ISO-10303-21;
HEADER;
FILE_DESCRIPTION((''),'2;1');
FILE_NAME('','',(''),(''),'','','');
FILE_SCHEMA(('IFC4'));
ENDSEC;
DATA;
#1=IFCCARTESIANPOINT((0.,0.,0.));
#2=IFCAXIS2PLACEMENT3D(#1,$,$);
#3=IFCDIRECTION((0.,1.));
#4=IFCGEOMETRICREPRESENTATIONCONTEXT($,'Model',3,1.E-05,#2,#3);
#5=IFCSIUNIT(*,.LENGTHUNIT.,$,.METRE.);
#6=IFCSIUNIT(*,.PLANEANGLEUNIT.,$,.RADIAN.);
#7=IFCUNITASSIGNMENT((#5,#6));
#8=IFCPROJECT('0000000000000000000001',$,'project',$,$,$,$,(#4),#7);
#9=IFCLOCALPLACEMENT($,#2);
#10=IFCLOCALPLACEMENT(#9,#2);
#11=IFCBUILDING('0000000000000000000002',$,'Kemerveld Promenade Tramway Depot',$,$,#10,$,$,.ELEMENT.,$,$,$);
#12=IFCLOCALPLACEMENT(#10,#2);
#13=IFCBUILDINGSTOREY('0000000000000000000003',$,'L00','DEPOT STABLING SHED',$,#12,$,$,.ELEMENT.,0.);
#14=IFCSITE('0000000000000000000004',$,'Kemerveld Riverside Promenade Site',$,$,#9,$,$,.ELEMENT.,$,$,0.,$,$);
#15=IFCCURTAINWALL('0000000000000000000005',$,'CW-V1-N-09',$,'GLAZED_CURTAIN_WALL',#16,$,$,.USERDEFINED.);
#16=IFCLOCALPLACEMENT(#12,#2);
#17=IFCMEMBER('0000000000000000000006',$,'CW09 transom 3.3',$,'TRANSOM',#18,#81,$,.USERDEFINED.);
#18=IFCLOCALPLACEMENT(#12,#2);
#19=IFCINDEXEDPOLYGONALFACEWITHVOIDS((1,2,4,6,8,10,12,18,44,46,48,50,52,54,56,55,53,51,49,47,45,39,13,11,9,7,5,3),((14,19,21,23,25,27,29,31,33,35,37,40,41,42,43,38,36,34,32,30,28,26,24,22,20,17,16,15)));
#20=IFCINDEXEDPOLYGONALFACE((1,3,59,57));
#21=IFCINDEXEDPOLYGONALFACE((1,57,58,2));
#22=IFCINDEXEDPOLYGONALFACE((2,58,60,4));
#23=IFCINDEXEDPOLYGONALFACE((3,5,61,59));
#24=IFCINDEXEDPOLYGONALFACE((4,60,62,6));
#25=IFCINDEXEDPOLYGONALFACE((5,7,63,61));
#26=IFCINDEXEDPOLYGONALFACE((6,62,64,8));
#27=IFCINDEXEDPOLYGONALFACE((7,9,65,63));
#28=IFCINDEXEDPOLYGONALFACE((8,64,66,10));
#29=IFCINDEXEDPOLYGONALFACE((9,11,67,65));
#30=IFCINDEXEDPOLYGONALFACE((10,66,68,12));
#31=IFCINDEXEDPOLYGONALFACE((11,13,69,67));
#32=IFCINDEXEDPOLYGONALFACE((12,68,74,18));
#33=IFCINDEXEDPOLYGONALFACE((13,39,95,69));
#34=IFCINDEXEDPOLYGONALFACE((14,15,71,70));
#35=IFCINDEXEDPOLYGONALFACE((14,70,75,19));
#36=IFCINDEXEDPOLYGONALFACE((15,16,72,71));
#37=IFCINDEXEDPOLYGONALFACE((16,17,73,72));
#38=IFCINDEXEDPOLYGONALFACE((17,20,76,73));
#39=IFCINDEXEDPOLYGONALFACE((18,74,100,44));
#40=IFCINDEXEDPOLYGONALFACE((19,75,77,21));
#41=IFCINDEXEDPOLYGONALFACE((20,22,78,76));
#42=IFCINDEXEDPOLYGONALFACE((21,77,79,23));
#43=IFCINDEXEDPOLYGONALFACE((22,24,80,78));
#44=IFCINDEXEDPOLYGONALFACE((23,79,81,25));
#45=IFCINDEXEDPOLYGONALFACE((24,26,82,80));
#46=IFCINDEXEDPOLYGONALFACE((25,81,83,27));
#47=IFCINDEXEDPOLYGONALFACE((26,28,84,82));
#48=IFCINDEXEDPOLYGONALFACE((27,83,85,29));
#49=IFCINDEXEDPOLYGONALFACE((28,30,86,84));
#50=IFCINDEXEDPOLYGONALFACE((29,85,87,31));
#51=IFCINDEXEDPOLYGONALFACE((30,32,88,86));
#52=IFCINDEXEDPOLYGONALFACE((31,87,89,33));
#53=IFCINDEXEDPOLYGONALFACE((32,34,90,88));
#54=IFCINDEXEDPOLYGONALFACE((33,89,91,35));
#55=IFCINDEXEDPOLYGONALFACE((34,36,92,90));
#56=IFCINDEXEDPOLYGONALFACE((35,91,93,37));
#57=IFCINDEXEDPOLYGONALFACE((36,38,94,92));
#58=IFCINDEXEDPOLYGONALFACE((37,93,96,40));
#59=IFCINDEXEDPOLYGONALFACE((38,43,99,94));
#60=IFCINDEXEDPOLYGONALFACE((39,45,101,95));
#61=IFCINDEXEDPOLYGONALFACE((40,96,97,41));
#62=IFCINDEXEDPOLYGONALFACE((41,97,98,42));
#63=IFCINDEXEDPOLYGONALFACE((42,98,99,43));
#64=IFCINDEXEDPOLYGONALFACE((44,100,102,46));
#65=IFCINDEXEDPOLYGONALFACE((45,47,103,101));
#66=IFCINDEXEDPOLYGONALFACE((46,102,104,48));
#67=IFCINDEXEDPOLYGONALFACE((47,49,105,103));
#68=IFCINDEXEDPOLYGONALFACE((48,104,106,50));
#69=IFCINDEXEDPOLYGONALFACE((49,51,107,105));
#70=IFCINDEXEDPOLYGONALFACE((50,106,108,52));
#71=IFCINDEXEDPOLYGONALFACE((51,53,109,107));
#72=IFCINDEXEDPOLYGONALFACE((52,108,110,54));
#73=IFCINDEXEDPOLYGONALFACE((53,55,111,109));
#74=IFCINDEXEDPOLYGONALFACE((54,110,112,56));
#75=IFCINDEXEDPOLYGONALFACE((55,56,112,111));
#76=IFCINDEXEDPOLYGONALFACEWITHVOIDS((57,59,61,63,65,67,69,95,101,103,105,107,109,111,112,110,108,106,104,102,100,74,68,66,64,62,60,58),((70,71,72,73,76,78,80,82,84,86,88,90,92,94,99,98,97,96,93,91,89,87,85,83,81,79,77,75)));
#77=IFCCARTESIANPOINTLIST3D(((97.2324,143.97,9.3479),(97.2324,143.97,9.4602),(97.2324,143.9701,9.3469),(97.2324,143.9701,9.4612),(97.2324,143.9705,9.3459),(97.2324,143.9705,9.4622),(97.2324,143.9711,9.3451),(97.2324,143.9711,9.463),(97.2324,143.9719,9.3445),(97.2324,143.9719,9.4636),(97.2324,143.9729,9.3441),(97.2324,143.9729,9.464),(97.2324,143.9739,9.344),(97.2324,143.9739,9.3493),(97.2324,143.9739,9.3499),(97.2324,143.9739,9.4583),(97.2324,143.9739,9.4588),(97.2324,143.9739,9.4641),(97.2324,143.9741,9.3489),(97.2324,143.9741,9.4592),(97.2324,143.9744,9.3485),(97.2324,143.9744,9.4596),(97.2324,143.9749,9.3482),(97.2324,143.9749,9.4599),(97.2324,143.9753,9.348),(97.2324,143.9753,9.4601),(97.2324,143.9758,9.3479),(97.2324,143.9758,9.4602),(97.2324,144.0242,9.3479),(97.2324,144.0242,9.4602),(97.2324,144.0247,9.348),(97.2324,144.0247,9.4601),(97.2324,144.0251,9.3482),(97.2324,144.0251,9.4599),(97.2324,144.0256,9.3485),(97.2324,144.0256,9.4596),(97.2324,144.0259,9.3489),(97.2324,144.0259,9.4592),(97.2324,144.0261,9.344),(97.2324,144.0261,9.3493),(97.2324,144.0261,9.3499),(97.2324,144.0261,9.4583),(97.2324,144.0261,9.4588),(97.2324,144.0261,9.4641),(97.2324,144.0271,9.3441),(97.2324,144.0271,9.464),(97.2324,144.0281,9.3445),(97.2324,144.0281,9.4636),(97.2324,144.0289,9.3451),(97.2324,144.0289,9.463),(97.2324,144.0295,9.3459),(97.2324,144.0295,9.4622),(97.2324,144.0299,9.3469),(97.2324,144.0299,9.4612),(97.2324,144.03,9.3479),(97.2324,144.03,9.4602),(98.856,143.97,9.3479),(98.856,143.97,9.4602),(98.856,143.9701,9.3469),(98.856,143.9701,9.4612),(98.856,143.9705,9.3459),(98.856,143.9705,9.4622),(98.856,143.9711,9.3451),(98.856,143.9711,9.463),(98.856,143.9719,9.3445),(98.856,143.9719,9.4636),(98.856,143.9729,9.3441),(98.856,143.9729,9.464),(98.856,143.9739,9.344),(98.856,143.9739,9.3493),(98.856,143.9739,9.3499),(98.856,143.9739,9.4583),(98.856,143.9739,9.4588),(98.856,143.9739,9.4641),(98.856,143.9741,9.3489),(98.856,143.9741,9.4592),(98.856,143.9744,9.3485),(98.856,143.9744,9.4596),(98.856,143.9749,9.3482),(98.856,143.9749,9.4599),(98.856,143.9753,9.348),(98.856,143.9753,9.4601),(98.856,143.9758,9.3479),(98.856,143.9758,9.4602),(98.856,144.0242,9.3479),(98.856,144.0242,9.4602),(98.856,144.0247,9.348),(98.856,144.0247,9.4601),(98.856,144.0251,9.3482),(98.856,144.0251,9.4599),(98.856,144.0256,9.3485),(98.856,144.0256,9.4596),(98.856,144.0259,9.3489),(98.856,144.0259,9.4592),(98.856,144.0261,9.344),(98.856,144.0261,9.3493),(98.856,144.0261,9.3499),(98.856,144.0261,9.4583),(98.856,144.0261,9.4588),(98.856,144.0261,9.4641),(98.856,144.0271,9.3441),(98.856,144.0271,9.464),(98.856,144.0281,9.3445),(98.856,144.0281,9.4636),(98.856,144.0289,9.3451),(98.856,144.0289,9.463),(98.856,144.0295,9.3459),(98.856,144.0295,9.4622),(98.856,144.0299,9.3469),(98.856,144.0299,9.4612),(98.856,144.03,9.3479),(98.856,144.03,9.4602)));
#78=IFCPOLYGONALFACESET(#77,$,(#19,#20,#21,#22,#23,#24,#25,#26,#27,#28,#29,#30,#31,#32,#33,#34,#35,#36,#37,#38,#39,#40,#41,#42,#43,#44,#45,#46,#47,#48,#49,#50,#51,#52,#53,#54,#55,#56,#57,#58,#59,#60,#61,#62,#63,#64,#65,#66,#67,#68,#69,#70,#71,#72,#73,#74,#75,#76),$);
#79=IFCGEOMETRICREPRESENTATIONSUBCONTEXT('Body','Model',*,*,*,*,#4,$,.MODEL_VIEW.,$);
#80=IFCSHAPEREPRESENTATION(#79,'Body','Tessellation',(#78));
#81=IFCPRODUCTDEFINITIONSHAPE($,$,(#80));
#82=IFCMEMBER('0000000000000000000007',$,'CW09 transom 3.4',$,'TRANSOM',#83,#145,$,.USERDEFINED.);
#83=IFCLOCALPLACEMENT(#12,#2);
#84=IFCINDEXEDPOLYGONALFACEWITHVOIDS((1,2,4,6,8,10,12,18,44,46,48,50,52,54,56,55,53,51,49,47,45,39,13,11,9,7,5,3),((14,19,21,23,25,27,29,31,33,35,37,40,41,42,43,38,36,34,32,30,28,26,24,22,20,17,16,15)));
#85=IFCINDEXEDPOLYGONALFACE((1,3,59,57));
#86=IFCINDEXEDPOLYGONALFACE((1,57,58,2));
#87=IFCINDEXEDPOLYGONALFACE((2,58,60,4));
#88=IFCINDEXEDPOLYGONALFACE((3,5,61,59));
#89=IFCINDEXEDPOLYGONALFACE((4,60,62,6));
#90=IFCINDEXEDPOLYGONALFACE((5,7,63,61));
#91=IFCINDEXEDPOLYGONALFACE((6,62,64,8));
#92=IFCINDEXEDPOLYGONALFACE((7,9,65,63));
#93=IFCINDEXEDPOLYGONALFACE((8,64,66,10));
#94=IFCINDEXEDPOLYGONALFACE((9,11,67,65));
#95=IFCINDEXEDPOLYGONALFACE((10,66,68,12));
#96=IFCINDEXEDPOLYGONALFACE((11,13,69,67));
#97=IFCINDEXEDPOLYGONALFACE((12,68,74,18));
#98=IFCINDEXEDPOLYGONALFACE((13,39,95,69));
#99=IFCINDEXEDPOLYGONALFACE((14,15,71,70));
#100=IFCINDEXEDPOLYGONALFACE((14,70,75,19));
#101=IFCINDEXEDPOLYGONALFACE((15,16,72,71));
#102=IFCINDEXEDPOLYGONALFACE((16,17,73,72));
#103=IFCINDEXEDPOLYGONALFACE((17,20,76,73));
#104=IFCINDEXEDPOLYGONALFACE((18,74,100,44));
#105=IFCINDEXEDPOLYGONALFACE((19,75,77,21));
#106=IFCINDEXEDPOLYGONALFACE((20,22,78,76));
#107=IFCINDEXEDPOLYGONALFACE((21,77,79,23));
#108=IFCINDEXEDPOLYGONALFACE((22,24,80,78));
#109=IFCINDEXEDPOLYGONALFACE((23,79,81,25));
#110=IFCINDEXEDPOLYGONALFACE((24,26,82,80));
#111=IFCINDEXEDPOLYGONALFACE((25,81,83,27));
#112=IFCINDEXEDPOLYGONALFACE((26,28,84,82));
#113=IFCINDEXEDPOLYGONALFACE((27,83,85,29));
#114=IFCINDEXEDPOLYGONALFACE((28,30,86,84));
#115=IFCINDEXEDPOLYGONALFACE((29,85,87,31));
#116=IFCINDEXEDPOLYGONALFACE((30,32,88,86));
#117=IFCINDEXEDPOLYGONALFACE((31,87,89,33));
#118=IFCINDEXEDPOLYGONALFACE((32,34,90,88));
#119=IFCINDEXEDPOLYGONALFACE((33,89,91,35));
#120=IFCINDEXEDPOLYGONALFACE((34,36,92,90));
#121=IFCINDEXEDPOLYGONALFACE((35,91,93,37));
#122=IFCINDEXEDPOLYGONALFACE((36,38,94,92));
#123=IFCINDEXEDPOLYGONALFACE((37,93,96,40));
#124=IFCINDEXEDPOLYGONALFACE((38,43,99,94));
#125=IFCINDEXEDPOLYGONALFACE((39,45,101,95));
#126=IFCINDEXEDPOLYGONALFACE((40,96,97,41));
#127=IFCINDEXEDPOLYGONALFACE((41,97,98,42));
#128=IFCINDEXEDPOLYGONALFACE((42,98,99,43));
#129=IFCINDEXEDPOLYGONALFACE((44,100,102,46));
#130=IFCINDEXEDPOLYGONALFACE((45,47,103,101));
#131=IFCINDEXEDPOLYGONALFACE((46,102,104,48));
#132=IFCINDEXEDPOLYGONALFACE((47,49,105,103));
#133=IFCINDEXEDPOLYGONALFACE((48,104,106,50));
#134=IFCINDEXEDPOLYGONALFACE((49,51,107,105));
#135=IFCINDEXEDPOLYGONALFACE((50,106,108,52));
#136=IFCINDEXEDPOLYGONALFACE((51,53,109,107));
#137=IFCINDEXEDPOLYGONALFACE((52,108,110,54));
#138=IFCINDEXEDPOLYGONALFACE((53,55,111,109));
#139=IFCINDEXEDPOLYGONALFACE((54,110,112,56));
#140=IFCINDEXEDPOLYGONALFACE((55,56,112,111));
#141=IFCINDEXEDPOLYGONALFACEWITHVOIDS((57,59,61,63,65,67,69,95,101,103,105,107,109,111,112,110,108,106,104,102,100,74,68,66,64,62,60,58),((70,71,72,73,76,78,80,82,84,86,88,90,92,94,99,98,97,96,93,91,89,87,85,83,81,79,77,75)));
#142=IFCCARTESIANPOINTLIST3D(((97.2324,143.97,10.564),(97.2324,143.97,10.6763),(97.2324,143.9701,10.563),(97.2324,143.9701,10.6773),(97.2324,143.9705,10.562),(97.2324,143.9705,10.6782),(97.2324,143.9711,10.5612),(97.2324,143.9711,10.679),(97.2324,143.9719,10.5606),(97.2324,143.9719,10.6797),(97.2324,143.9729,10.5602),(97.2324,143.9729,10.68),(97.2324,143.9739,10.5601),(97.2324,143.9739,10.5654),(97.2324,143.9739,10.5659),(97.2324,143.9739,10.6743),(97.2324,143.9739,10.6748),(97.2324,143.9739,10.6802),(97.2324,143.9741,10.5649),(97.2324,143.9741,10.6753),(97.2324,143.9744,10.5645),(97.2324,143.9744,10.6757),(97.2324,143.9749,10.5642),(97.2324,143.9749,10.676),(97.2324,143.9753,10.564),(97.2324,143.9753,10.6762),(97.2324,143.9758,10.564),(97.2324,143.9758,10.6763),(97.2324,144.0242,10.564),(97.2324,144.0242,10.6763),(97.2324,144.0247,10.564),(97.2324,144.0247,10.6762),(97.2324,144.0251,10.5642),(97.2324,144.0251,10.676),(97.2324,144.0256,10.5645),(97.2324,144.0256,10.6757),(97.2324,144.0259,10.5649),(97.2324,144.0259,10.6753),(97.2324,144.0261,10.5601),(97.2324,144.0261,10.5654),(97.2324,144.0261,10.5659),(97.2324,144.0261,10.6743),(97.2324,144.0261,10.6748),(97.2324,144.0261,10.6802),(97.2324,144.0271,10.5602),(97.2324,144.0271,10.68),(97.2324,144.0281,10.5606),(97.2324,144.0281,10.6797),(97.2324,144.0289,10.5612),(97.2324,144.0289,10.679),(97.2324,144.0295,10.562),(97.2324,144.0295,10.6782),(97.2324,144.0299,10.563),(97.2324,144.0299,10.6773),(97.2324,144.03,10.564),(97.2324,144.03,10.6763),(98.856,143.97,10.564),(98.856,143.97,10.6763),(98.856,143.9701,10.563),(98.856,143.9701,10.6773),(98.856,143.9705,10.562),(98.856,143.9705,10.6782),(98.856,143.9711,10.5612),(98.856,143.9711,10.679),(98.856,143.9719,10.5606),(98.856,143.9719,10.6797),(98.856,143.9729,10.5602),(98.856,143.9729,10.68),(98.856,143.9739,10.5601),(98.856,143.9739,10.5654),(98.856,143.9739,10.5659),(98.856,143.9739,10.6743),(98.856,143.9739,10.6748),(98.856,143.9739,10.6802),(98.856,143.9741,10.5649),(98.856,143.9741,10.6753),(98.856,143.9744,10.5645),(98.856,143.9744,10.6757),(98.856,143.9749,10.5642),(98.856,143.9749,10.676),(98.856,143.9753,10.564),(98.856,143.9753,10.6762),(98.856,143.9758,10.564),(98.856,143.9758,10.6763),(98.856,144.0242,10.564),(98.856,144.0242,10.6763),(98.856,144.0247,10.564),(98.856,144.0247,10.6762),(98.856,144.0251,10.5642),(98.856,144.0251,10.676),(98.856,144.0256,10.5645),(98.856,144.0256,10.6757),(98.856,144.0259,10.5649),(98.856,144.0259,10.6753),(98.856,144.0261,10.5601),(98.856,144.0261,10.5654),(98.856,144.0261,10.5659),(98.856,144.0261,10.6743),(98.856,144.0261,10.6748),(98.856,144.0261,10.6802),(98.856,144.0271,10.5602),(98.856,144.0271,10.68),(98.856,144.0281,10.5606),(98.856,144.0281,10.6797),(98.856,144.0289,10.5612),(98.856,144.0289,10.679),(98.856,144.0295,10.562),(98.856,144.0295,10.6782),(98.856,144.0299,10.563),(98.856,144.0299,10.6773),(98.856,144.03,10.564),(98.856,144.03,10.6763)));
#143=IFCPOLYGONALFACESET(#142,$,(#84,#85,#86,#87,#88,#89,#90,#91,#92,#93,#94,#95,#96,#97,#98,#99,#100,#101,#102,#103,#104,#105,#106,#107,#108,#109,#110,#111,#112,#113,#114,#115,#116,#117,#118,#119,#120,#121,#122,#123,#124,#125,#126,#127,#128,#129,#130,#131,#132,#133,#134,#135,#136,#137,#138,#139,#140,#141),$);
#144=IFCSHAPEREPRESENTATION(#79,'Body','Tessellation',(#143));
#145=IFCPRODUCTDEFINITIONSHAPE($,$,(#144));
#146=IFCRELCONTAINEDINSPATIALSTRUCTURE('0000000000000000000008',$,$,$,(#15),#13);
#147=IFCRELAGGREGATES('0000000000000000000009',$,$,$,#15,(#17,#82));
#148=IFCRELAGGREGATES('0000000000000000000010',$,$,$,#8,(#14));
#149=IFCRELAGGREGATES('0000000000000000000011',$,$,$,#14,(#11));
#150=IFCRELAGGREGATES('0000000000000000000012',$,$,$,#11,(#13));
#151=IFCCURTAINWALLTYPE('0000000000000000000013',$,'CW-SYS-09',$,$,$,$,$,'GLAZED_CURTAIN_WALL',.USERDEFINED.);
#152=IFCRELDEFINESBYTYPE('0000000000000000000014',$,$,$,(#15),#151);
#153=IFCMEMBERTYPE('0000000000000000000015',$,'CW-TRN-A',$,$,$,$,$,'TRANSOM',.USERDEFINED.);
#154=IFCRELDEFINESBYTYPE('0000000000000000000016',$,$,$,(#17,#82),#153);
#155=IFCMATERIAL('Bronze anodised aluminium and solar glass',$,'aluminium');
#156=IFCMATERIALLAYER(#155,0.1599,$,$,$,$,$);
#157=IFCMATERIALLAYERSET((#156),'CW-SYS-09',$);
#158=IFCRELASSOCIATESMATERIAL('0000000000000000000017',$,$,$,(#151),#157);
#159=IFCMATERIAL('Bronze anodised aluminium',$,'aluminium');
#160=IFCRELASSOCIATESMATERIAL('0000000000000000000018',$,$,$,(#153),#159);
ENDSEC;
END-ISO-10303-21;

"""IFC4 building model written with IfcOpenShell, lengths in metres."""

from ifc_helpers import new_model, si_unit, direction, frame, origin, origin_2d, place, context, subcontext, project, spatial, hollow_rectangle, extrude, material, layer, layer_set, material_profile, profile_set, type_object, element, aggregate, save


model = new_model("IFC4")

# Units and contexts
model_context = context("Model", 3, precision=1e-05, world=origin(), true_north=direction((0.0, 1.0)))
body_context = subcontext(model_context, "Body", "Model", "MODEL_VIEW")
ifc_project = project(units=[si_unit("LENGTHUNIT", "METRE"), si_unit("PLANEANGLEUNIT", "RADIAN")], contexts=[model_context])

# Site, building, storey
site_placement = place(None, origin())
site = spatial("IfcSite", under=ifc_project, at=site_placement, Name="Kemerveld Riverside Promenade Site", CompositionType="ELEMENT", RefElevation=0.0)
building_placement = place(site_placement, origin())
building = spatial("IfcBuilding", under=site, at=building_placement, Name="Kemerveld Promenade Tramway Depot", CompositionType="ELEMENT")
storey_placement = place(building_placement, origin())
storey = spatial("IfcBuildingStorey", under=building, at=storey_placement, Name="L00", Description="DEPOT STABLING SHED", CompositionType="ELEMENT", Elevation=0.0)

# Curtain wall, members
ifc_material_1 = material(Name="Bronze anodised aluminium and solar glass", Category="aluminium")
ifc_layer_1 = layer(ifc_material_1, 0.1599)
ifc_layer_set_1 = layer_set([ifc_layer_1], Name="CW-SYS-09")
curtain_wall_type_1 = type_object("IfcCurtainWallType", Name="CW-SYS-09", ElementType="GLAZED_CURTAIN_WALL", PredefinedType="USERDEFINED", material=ifc_layer_set_1)
curtain_wall_1_placement = place(storey_placement, origin())
curtain_wall_1 = element("IfcCurtainWall", 1, at=curtain_wall_1_placement, inside=storey, type_object=curtain_wall_type_1, Name="CW-V1-N-09", ObjectType="GLAZED_CURTAIN_WALL", PredefinedType="USERDEFINED")
ifc_material_2 = material(Name="Bronze anodised aluminium", Category="aluminium")
ifc_material_profile_1 = material_profile(ifc_material_2, hollow_rectangle(XDim=0.0601, YDim=0.1201, WallThickness=0.0039, InnerFilletRadius=0.002, OuterFilletRadius=0.0039, at=origin_2d()), Name="CW-TRN-120x60")
ifc_profile_set_1 = profile_set([ifc_material_profile_1], Name="Bronze anodised aluminium")
member_type_1 = type_object("IfcMemberType", Name="CW-TRN-A", ElementType="TRANSOM", PredefinedType="USERDEFINED", material=ifc_profile_set_1)
member_1_placement = place(storey_placement, frame((97.2324, 144.0, 9.4041), z_axis=(1.0, 0.0, 0.0), x_axis=(0.0, 1.0, 0.0)))
member_1 = element("IfcMember", 2, at=member_1_placement, type_object=member_type_1, Name="CW09 transom 3.3", ObjectType="TRANSOM", PredefinedType="USERDEFINED", context=body_context, shape_type="SweptSolid", body=[
    extrude(hollow_rectangle(XDim=0.0601, YDim=0.1201, WallThickness=0.0039, InnerFilletRadius=0.002, OuterFilletRadius=0.0039, at=origin_2d()), origin(), (0.0, 0.0, 1.0), 1.6235),
])
member_2_placement = place(storey_placement, frame((97.2324, 144.0, 10.6201), z_axis=(1.0, 0.0, 0.0), x_axis=(0.0, 1.0, 0.0)))
member_2 = element("IfcMember", 3, at=member_2_placement, type_object=member_type_1, Name="CW09 transom 3.4", ObjectType="TRANSOM", PredefinedType="USERDEFINED", context=body_context, shape_type="SweptSolid", body=[
    extrude(hollow_rectangle(XDim=0.0601, YDim=0.1201, WallThickness=0.0039, InnerFilletRadius=0.002, OuterFilletRadius=0.0039, at=origin_2d()), origin(), (0.0, 0.0, 1.0), 1.6235),
])

aggregate(curtain_wall_1, [member_1, member_2])

save(model, "model.ifc")
